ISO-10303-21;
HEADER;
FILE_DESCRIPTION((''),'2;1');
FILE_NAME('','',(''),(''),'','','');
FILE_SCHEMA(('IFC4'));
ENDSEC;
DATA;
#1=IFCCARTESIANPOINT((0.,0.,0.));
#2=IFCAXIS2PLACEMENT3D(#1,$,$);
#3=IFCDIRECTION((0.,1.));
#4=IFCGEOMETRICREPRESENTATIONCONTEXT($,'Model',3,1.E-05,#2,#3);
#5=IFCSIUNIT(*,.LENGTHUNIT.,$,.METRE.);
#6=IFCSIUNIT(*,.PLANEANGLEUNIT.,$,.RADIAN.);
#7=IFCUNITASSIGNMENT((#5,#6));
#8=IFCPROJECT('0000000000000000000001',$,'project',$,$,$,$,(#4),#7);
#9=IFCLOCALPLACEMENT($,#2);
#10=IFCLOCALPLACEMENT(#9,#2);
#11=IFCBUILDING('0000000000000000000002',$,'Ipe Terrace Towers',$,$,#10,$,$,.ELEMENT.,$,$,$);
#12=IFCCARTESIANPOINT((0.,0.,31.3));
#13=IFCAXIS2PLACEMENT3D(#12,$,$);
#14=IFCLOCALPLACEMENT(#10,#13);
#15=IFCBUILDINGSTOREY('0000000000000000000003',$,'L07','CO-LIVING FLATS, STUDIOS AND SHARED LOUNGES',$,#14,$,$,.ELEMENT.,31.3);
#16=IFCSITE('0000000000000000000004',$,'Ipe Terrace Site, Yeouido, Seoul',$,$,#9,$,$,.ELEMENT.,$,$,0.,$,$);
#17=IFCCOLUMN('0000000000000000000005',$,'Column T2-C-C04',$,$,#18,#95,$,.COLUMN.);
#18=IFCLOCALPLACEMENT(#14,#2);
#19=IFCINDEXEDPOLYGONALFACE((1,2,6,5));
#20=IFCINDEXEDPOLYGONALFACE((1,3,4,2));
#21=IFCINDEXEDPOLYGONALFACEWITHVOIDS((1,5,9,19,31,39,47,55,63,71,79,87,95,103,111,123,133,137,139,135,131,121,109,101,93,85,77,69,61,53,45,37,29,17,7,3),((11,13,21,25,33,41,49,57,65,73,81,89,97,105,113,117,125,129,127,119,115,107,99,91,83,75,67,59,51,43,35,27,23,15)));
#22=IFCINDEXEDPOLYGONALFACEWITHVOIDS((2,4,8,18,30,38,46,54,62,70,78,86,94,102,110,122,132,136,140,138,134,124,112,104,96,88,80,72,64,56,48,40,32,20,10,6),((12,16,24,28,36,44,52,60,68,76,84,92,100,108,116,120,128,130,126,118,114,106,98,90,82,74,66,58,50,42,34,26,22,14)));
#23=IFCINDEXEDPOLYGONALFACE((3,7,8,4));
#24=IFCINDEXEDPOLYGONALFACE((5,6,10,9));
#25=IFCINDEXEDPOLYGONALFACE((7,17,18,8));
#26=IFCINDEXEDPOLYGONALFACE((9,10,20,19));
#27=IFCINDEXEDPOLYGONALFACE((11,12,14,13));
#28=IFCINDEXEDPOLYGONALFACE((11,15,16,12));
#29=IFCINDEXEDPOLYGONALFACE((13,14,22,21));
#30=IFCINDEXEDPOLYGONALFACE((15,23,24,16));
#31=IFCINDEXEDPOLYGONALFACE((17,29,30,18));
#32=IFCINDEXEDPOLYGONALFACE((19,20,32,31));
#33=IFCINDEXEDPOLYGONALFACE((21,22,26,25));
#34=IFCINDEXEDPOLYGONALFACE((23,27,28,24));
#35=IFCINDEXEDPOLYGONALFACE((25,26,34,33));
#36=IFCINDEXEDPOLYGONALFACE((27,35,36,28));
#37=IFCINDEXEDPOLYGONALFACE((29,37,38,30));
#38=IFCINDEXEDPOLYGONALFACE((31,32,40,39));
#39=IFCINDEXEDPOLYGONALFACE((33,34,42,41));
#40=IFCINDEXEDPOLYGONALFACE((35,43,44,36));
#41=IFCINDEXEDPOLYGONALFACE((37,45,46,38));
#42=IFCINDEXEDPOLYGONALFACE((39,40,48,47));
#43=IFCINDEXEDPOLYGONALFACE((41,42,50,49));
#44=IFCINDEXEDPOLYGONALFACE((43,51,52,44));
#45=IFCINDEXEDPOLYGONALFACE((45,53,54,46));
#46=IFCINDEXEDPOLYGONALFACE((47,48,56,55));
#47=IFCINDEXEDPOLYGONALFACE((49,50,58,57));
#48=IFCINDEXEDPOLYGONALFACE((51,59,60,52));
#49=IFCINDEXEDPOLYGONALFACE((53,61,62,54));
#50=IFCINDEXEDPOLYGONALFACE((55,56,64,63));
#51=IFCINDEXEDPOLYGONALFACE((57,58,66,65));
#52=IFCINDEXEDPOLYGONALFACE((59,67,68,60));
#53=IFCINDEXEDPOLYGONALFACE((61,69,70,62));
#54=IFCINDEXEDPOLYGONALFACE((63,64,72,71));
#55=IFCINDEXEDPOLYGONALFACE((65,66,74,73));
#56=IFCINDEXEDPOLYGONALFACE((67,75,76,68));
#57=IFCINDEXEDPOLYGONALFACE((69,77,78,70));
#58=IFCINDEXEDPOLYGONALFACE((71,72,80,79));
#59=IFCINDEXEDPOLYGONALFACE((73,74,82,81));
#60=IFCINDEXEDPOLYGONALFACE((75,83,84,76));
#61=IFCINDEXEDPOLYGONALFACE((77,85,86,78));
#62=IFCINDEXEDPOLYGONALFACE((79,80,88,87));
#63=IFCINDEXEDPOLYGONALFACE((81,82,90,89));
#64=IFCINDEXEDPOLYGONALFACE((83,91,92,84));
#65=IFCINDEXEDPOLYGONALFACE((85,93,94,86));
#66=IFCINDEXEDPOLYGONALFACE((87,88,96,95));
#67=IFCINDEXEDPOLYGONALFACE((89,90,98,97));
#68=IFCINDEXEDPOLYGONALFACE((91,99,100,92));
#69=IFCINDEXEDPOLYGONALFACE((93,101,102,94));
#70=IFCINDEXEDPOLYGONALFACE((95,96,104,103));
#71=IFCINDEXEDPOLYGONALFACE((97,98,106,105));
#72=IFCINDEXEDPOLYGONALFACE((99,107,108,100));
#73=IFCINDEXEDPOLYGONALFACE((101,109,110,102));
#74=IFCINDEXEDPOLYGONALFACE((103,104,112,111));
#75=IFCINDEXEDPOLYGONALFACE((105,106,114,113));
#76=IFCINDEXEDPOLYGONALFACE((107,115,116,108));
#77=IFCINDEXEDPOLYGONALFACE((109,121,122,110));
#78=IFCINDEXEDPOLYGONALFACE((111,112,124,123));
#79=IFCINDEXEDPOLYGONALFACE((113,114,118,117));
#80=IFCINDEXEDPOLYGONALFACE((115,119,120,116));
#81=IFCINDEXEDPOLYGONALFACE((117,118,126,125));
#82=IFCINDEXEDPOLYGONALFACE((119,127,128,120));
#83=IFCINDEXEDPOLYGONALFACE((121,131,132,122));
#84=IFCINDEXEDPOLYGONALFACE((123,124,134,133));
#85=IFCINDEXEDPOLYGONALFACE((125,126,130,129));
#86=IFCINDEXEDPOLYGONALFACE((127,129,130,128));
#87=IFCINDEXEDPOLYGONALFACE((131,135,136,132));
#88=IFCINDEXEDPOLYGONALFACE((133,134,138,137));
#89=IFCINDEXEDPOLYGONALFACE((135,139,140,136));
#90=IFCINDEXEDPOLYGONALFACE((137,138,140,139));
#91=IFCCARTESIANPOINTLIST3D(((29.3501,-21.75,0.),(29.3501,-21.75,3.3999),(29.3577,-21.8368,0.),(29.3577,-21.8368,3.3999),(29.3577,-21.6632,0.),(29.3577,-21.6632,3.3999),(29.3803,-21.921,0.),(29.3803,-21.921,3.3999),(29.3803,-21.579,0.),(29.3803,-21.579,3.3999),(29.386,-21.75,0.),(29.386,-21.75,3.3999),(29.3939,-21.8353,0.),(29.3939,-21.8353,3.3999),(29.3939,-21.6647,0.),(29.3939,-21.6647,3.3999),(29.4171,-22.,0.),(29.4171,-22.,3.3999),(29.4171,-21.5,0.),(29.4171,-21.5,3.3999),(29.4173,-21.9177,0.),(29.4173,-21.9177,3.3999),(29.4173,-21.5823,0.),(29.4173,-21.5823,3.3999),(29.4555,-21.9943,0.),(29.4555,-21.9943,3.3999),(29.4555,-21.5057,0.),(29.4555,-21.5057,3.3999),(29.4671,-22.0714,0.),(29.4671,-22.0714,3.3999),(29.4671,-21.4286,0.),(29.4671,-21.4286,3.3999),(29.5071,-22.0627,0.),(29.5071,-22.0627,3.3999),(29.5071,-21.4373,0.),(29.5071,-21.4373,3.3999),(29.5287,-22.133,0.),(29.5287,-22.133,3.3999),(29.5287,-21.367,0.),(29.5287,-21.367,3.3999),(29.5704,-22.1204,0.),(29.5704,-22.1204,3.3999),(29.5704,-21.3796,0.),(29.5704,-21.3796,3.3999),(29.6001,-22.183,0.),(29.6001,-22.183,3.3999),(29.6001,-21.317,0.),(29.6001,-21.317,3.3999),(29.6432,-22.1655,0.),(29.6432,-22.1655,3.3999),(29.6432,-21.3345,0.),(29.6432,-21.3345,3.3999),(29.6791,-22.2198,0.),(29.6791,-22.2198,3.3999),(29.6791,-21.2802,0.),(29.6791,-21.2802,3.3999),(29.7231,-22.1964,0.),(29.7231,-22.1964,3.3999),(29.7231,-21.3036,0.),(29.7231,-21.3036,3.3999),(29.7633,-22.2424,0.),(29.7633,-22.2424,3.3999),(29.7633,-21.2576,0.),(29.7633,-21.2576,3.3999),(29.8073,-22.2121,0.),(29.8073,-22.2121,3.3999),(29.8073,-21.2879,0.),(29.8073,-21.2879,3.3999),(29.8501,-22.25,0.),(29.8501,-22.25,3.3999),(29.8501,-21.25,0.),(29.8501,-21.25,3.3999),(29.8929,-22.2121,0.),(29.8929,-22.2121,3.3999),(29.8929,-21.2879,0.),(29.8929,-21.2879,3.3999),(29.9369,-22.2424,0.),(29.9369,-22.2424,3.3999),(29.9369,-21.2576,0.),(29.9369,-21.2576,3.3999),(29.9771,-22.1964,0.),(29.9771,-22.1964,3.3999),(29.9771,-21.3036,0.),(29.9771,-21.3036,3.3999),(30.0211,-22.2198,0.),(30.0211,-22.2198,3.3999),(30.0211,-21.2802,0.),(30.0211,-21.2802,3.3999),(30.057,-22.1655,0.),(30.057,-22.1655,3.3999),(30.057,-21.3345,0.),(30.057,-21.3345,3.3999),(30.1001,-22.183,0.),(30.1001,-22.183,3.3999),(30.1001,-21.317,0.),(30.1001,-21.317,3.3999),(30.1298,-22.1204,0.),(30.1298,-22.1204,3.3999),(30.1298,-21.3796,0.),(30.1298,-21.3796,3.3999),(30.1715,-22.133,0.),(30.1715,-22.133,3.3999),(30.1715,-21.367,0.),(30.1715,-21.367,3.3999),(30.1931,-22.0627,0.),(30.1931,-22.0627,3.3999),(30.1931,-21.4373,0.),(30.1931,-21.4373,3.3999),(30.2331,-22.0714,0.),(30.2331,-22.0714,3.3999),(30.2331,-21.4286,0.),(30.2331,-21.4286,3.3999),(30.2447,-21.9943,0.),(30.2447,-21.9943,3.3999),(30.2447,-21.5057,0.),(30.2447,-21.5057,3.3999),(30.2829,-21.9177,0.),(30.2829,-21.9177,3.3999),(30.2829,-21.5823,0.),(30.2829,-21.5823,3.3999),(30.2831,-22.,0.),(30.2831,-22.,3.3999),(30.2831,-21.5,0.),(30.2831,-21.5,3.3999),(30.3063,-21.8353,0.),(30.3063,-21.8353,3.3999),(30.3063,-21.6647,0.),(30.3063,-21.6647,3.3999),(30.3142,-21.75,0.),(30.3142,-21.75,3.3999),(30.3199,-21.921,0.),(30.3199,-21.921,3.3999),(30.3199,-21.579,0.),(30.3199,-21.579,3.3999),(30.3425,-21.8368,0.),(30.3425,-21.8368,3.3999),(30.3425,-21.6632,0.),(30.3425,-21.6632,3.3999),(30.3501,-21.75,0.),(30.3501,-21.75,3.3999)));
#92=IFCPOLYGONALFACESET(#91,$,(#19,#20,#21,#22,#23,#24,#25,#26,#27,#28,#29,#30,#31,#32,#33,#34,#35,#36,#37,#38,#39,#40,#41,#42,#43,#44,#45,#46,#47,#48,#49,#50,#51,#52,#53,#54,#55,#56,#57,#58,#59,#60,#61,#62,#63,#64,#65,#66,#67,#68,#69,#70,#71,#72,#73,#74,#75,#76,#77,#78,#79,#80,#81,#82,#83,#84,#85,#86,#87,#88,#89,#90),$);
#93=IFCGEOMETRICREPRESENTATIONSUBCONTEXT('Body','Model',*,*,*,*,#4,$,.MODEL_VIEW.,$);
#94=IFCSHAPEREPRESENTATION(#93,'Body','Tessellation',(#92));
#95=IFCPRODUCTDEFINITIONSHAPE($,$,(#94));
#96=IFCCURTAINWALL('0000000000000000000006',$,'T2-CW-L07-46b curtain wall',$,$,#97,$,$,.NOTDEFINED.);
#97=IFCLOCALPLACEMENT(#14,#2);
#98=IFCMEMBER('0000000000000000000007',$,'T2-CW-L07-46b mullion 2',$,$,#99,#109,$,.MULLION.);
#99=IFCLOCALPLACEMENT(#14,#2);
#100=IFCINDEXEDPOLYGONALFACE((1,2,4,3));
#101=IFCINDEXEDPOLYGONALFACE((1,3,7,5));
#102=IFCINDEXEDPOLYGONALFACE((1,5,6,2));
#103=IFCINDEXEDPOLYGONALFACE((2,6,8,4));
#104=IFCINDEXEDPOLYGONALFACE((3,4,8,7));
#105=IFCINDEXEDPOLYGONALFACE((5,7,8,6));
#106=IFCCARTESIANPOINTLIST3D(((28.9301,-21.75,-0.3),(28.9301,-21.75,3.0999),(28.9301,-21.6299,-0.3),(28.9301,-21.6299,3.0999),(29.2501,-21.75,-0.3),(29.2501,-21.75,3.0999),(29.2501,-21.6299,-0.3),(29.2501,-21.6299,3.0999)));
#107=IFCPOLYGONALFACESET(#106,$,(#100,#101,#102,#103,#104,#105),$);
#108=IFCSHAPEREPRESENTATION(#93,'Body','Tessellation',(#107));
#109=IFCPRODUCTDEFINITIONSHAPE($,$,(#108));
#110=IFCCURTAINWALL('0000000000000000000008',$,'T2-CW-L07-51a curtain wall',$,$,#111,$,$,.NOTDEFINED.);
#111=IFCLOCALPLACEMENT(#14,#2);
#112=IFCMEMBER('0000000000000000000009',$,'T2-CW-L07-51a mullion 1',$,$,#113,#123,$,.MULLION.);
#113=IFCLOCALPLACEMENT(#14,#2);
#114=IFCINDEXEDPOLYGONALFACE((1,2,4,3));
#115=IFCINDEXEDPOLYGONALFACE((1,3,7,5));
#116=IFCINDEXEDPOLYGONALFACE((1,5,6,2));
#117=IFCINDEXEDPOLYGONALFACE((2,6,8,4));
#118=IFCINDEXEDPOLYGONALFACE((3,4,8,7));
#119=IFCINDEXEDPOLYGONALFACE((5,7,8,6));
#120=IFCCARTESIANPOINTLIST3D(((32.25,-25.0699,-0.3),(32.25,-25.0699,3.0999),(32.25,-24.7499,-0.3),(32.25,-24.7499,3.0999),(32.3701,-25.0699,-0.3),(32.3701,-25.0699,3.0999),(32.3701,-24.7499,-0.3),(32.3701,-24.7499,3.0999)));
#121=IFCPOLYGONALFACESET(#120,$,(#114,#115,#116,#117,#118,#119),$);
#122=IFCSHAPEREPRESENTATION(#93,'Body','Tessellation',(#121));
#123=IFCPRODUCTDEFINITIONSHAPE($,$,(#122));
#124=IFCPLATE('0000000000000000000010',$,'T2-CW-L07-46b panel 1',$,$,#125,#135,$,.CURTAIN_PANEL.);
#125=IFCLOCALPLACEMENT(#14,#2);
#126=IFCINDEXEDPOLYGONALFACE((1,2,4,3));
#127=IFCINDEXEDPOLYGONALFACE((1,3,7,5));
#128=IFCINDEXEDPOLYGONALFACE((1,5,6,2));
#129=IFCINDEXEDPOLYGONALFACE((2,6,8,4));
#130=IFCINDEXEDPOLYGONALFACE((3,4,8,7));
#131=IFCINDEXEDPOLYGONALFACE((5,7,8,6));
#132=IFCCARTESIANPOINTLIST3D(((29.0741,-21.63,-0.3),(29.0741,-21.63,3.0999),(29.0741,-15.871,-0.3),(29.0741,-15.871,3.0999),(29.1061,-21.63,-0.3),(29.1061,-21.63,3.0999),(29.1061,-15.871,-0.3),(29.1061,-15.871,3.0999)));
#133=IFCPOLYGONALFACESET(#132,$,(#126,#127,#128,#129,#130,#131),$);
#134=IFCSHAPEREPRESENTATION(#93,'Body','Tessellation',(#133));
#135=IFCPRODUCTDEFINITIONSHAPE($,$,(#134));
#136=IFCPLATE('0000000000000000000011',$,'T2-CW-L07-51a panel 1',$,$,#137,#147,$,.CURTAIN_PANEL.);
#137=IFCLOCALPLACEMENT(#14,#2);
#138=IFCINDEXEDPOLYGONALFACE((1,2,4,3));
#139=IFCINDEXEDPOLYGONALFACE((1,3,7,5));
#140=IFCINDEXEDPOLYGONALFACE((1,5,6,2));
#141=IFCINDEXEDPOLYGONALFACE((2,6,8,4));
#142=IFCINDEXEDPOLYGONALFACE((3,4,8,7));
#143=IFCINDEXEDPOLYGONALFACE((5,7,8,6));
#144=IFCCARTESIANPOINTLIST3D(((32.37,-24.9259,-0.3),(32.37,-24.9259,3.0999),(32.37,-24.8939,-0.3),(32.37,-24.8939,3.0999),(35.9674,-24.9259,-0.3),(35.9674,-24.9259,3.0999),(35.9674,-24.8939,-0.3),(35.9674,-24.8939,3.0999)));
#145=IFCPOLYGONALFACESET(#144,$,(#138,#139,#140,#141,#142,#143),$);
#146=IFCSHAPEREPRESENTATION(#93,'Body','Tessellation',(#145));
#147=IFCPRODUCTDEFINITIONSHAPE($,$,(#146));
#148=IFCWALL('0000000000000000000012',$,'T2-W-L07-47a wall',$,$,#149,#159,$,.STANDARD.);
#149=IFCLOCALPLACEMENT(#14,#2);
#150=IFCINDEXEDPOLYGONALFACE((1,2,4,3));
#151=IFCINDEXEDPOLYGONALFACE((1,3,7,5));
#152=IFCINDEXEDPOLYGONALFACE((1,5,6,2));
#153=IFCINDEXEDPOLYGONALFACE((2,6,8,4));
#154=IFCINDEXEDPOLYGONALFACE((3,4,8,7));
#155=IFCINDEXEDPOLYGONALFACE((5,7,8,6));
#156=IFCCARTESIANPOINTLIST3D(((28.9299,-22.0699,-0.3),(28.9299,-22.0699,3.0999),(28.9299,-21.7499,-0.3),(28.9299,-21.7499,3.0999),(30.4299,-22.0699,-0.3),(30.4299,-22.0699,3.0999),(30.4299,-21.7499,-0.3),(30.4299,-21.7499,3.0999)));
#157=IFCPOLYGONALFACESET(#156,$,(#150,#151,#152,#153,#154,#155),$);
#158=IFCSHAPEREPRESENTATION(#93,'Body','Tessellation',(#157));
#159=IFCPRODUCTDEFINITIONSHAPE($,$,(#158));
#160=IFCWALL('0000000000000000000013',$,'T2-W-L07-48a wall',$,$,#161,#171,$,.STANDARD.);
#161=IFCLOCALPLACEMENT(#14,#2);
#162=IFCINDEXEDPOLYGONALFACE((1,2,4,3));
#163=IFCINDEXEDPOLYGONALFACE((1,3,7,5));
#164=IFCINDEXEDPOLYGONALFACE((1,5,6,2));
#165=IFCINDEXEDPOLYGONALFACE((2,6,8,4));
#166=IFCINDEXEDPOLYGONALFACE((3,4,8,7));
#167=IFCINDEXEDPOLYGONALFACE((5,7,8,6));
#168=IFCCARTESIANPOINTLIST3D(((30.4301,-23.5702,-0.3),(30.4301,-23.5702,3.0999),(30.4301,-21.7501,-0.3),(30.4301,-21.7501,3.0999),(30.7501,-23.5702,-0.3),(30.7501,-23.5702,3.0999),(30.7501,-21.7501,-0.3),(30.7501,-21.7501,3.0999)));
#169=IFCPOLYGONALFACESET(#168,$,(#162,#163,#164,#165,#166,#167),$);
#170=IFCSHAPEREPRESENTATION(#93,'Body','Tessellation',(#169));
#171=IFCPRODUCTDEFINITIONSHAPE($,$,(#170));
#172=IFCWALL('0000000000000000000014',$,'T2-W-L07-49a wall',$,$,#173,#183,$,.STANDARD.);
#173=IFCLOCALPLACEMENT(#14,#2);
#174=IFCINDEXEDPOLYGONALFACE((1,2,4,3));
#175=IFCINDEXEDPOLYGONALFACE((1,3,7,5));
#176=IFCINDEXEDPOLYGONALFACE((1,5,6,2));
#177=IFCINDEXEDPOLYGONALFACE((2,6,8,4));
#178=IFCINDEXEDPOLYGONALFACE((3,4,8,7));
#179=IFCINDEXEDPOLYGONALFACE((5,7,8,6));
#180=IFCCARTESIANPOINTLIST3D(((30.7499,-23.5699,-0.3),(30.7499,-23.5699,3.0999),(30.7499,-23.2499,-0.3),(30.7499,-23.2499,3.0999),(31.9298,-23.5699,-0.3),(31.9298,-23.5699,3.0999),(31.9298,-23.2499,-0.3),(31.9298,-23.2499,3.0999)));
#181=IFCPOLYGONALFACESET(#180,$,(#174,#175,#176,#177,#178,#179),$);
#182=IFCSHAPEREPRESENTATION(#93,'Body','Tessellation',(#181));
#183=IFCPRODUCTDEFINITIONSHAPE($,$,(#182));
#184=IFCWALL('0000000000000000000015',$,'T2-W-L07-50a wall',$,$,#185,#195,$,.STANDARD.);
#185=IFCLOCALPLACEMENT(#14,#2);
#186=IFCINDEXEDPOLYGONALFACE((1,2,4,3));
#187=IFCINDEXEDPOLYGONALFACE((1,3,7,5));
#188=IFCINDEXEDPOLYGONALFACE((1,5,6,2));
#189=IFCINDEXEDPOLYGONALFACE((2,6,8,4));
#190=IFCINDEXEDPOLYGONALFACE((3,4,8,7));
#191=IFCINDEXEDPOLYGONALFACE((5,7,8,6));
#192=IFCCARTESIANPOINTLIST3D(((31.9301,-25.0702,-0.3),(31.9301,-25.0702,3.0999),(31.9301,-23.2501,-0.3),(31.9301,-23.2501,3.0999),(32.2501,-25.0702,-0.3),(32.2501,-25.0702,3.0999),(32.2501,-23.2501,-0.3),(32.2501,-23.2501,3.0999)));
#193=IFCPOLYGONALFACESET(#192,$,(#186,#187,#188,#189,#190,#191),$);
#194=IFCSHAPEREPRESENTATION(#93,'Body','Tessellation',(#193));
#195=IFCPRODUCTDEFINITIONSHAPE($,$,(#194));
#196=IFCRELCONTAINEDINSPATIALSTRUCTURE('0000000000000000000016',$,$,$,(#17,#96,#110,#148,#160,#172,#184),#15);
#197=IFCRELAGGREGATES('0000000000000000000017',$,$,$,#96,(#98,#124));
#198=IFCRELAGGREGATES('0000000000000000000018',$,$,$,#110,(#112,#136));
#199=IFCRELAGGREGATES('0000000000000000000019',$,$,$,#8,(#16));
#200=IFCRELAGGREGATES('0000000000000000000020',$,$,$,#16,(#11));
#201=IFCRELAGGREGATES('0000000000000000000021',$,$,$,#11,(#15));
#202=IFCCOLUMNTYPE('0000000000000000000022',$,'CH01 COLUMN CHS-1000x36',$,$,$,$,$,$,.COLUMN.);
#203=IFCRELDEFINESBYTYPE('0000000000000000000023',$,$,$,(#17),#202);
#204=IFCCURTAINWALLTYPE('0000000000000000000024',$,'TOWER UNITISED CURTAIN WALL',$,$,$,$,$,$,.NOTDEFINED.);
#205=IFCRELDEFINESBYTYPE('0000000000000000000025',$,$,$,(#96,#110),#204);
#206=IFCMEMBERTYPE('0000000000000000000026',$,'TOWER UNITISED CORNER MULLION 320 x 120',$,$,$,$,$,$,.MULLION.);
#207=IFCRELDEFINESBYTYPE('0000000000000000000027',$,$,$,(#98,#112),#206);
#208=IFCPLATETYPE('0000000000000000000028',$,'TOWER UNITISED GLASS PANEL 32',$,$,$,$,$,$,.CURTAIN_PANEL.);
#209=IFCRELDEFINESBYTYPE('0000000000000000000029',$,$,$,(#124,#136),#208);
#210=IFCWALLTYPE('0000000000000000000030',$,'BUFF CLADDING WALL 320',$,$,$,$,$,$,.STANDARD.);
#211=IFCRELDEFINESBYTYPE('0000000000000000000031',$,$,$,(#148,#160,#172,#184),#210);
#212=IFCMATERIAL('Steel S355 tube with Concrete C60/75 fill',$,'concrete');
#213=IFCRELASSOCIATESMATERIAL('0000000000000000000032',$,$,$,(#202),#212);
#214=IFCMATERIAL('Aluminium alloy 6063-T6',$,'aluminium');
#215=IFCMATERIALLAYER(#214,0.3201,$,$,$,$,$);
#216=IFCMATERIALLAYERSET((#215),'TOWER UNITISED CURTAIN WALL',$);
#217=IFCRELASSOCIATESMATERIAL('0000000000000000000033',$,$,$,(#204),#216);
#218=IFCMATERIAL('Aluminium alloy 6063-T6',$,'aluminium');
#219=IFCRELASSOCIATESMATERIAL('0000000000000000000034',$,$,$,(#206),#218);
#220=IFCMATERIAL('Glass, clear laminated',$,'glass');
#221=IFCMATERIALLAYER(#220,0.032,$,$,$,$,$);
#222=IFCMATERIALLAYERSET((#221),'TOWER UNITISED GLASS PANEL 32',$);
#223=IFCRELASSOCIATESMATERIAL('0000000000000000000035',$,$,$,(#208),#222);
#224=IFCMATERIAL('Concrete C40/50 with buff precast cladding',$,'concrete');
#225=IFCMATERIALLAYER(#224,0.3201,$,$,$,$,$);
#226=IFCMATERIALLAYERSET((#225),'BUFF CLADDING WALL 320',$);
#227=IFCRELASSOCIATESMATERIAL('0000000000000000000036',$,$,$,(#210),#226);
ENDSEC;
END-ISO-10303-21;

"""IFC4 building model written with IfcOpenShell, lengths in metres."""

from ifc_helpers import new_model, si_unit, direction, frame, frame_2d, origin, origin_2d, place, context, subcontext, project, spatial, rectangle, hollow_circle, extrude, material, layer, layer_set, material_profile, profile_set, type_object, element, aggregate, save


model = new_model("IFC4")

# Units and contexts
model_context = context("Model", 3, precision=1e-05, world=origin(), true_north=direction((0.0, 1.0)))
body_context = subcontext(model_context, "Body", "Model", "MODEL_VIEW")
ifc_project = project(units=[si_unit("LENGTHUNIT", "METRE"), si_unit("PLANEANGLEUNIT", "RADIAN")], contexts=[model_context])

# Site, building, storey
site_placement = place(None, origin())
site = spatial("IfcSite", under=ifc_project, at=site_placement, Name="Ipe Terrace Site, Yeouido, Seoul", CompositionType="ELEMENT", RefElevation=0.0)
building_placement = place(site_placement, origin())
building = spatial("IfcBuilding", under=site, at=building_placement, Name="Ipe Terrace Towers", CompositionType="ELEMENT")
storey_placement = place(building_placement, frame((0.0, 0.0, 31.3)))
storey = spatial("IfcBuildingStorey", under=building, at=storey_placement, Name="L07", Description="CO-LIVING FLATS, STUDIOS AND SHARED LOUNGES", CompositionType="ELEMENT", Elevation=31.3)

# Column
ifc_material_1 = material(Name="Steel S355 tube with Concrete C60/75 fill", Category="concrete")
ifc_material_profile_1 = material_profile(ifc_material_1, hollow_circle(Radius=0.5, WallThickness=0.0359, at=origin_2d()), Name="CHS-1000x36")
ifc_profile_set_1 = profile_set([ifc_material_profile_1], Name="Steel S355 tube with Concrete C60/75 fill")
column_type = type_object("IfcColumnType", Name="CH01 COLUMN CHS-1000x36", PredefinedType="COLUMN", material=ifc_profile_set_1)
column_placement = place(storey_placement, frame((29.8501, -21.75, 0.0), z_axis=(0.0, 0.0, 1.0), x_axis=(1.0, 0.0, 0.0)))
element("IfcColumn", 1, at=column_placement, inside=storey, type_object=column_type, Name="Column T2-C-C04", PredefinedType="COLUMN", context=body_context, shape_type="SweptSolid", body=[
    extrude(hollow_circle(Radius=0.5, WallThickness=0.0359, at=origin_2d()), origin(), (0.0, 0.0, 1.0), 3.3999),
])

# Curtain walls, members
ifc_material_2 = material(Name="Aluminium alloy 6063-T6", Category="aluminium")
ifc_layer_1 = layer(ifc_material_2, 0.3201)
ifc_layer_set_1 = layer_set([ifc_layer_1], Name="TOWER UNITISED CURTAIN WALL")
curtain_wall_type = type_object("IfcCurtainWallType", Name="TOWER UNITISED CURTAIN WALL", PredefinedType="NOTDEFINED", material=ifc_layer_set_1)
curtain_wall_1_placement = place(storey_placement, origin())
curtain_wall_1 = element("IfcCurtainWall", 2, at=curtain_wall_1_placement, inside=storey, type_object=curtain_wall_type, Name="T2-CW-L07-46b curtain wall", PredefinedType="NOTDEFINED")
ifc_material_3 = material(Name="Aluminium alloy 6063-T6", Category="aluminium")
ifc_material_profile_2 = material_profile(ifc_material_3, rectangle(XDim=0.3201, YDim=0.1201, at=origin_2d()), Name="TOWER UNITISED CORNER MULLION 320 x 120")
ifc_profile_set_2 = profile_set([ifc_material_profile_2], Name="Aluminium alloy 6063-T6")
member_type = type_object("IfcMemberType", Name="TOWER UNITISED CORNER MULLION 320 x 120", PredefinedType="MULLION", material=ifc_profile_set_2)
member_1_placement = place(storey_placement, frame((29.0901, -21.6899, -0.3), z_axis=(0.0, 0.0, 1.0), x_axis=(-1.0, 0.0, 0.0)))
member_1 = element("IfcMember", 3, at=member_1_placement, type_object=member_type, Name="T2-CW-L07-46b mullion 2", PredefinedType="MULLION", context=body_context, shape_type="SweptSolid", body=[
    extrude(rectangle(XDim=0.3201, YDim=0.1201, at=origin_2d()), origin(), (0.0, 0.0, 1.0), 3.3999),
])
curtain_wall_2_placement = place(storey_placement, origin())
curtain_wall_2 = element("IfcCurtainWall", 4, at=curtain_wall_2_placement, inside=storey, type_object=curtain_wall_type, Name="T2-CW-L07-51a curtain wall", PredefinedType="NOTDEFINED")
member_2_placement = place(storey_placement, frame((32.3101, -24.9099, -0.3), z_axis=(0.0, 0.0, 1.0), x_axis=(0.0, -1.0, 0.0)))
member_2 = element("IfcMember", 5, at=member_2_placement, type_object=member_type, Name="T2-CW-L07-51a mullion 1", PredefinedType="MULLION", context=body_context, shape_type="SweptSolid", body=[
    extrude(rectangle(XDim=0.3201, YDim=0.1201, at=origin_2d()), origin(), (0.0, 0.0, 1.0), 3.3999),
])

# Plates
ifc_material_4 = material(Name="Glass, clear laminated", Category="glass")
ifc_layer_2 = layer(ifc_material_4, 0.032)
ifc_layer_set_2 = layer_set([ifc_layer_2], Name="TOWER UNITISED GLASS PANEL 32")
plate_type = type_object("IfcPlateType", Name="TOWER UNITISED GLASS PANEL 32", PredefinedType="CURTAIN_PANEL", material=ifc_layer_set_2)
plate_1_placement = place(storey_placement, frame((29.0901, -18.7505, -0.3), z_axis=(0.0, 0.0, 1.0), x_axis=(0.0, -1.0, 0.0)))
plate_1 = element("IfcPlate", 6, at=plate_1_placement, type_object=plate_type, Name="T2-CW-L07-46b panel 1", PredefinedType="CURTAIN_PANEL", context=body_context, shape_type="SweptSolid", body=[
    extrude(rectangle(XDim=5.759, YDim=0.032, at=origin_2d()), origin(), (0.0, 0.0, 1.0), 3.3999),
])
aggregate(curtain_wall_1, [member_1, plate_1])
plate_2_placement = place(storey_placement, frame((34.1687, -24.9099, -0.3), z_axis=(0.0, 0.0, 1.0), x_axis=(1.0, 0.0, 0.0)))
plate_2 = element("IfcPlate", 7, at=plate_2_placement, type_object=plate_type, Name="T2-CW-L07-51a panel 1", PredefinedType="CURTAIN_PANEL", context=body_context, shape_type="SweptSolid", body=[
    extrude(rectangle(XDim=3.5974, YDim=0.032, at=origin_2d()), origin(), (0.0, 0.0, 1.0), 3.3999),
])
aggregate(curtain_wall_2, [member_2, plate_2])

# Walls
ifc_material_5 = material(Name="Concrete C40/50 with buff precast cladding", Category="concrete")
ifc_layer_3 = layer(ifc_material_5, 0.3201)
ifc_layer_set_3 = layer_set([ifc_layer_3], Name="BUFF CLADDING WALL 320")
wall_type_1 = type_object("IfcWallType", Name="BUFF CLADDING WALL 320", PredefinedType="STANDARD", material=ifc_layer_set_3)
wall_1_placement = place(storey_placement, frame((28.9299, -21.9099, -0.3), z_axis=(0.0, 0.0, 1.0), x_axis=(1.0, 0.0, 0.0)))
element("IfcWall", 8, at=wall_1_placement, inside=storey, type_object=wall_type_1, Name="T2-W-L07-47a wall", PredefinedType="STANDARD", context=body_context, shape_type="SweptSolid", body=[
    extrude(rectangle(XDim=1.5, YDim=0.3201, at=frame_2d((0.75, 0.0))), origin(), (0.0, 0.0, 1.0), 3.3999),
])
wall_2_placement = place(storey_placement, frame((30.5901, -21.75, -0.3), z_axis=(0.0, 0.0, 1.0), x_axis=(0.0, -1.0, 0.0)))
element("IfcWall", 9, at=wall_2_placement, inside=storey, type_object=wall_type_1, Name="T2-W-L07-48a wall", PredefinedType="STANDARD", context=body_context, shape_type="SweptSolid", body=[
    extrude(rectangle(XDim=1.8201, YDim=0.3201, at=frame_2d((0.9102, 0.0))), origin(), (0.0, 0.0, 1.0), 3.3999),
])
wall_3_placement = place(storey_placement, frame((30.75, -23.4099, -0.3), z_axis=(0.0, 0.0, 1.0), x_axis=(1.0, 0.0, 0.0)))
element("IfcWall", 10, at=wall_3_placement, inside=storey, type_object=wall_type_1, Name="T2-W-L07-49a wall", PredefinedType="STANDARD", context=body_context, shape_type="SweptSolid", body=[
    extrude(rectangle(XDim=1.1799, YDim=0.3201, at=frame_2d((0.5898, 0.0))), origin(), (0.0, 0.0, 1.0), 3.3999),
])
wall_4_placement = place(storey_placement, frame((32.0901, -23.25, -0.3), z_axis=(0.0, 0.0, 1.0), x_axis=(0.0, -1.0, 0.0)))
element("IfcWall", 11, at=wall_4_placement, inside=storey, type_object=wall_type_1, Name="T2-W-L07-50a wall", PredefinedType="STANDARD", context=body_context, shape_type="SweptSolid", body=[
    extrude(rectangle(XDim=1.8201, YDim=0.3201, at=frame_2d((0.9102, 0.0))), origin(), (0.0, 0.0, 1.0), 3.3999),
])

save(model, "model.ifc")
